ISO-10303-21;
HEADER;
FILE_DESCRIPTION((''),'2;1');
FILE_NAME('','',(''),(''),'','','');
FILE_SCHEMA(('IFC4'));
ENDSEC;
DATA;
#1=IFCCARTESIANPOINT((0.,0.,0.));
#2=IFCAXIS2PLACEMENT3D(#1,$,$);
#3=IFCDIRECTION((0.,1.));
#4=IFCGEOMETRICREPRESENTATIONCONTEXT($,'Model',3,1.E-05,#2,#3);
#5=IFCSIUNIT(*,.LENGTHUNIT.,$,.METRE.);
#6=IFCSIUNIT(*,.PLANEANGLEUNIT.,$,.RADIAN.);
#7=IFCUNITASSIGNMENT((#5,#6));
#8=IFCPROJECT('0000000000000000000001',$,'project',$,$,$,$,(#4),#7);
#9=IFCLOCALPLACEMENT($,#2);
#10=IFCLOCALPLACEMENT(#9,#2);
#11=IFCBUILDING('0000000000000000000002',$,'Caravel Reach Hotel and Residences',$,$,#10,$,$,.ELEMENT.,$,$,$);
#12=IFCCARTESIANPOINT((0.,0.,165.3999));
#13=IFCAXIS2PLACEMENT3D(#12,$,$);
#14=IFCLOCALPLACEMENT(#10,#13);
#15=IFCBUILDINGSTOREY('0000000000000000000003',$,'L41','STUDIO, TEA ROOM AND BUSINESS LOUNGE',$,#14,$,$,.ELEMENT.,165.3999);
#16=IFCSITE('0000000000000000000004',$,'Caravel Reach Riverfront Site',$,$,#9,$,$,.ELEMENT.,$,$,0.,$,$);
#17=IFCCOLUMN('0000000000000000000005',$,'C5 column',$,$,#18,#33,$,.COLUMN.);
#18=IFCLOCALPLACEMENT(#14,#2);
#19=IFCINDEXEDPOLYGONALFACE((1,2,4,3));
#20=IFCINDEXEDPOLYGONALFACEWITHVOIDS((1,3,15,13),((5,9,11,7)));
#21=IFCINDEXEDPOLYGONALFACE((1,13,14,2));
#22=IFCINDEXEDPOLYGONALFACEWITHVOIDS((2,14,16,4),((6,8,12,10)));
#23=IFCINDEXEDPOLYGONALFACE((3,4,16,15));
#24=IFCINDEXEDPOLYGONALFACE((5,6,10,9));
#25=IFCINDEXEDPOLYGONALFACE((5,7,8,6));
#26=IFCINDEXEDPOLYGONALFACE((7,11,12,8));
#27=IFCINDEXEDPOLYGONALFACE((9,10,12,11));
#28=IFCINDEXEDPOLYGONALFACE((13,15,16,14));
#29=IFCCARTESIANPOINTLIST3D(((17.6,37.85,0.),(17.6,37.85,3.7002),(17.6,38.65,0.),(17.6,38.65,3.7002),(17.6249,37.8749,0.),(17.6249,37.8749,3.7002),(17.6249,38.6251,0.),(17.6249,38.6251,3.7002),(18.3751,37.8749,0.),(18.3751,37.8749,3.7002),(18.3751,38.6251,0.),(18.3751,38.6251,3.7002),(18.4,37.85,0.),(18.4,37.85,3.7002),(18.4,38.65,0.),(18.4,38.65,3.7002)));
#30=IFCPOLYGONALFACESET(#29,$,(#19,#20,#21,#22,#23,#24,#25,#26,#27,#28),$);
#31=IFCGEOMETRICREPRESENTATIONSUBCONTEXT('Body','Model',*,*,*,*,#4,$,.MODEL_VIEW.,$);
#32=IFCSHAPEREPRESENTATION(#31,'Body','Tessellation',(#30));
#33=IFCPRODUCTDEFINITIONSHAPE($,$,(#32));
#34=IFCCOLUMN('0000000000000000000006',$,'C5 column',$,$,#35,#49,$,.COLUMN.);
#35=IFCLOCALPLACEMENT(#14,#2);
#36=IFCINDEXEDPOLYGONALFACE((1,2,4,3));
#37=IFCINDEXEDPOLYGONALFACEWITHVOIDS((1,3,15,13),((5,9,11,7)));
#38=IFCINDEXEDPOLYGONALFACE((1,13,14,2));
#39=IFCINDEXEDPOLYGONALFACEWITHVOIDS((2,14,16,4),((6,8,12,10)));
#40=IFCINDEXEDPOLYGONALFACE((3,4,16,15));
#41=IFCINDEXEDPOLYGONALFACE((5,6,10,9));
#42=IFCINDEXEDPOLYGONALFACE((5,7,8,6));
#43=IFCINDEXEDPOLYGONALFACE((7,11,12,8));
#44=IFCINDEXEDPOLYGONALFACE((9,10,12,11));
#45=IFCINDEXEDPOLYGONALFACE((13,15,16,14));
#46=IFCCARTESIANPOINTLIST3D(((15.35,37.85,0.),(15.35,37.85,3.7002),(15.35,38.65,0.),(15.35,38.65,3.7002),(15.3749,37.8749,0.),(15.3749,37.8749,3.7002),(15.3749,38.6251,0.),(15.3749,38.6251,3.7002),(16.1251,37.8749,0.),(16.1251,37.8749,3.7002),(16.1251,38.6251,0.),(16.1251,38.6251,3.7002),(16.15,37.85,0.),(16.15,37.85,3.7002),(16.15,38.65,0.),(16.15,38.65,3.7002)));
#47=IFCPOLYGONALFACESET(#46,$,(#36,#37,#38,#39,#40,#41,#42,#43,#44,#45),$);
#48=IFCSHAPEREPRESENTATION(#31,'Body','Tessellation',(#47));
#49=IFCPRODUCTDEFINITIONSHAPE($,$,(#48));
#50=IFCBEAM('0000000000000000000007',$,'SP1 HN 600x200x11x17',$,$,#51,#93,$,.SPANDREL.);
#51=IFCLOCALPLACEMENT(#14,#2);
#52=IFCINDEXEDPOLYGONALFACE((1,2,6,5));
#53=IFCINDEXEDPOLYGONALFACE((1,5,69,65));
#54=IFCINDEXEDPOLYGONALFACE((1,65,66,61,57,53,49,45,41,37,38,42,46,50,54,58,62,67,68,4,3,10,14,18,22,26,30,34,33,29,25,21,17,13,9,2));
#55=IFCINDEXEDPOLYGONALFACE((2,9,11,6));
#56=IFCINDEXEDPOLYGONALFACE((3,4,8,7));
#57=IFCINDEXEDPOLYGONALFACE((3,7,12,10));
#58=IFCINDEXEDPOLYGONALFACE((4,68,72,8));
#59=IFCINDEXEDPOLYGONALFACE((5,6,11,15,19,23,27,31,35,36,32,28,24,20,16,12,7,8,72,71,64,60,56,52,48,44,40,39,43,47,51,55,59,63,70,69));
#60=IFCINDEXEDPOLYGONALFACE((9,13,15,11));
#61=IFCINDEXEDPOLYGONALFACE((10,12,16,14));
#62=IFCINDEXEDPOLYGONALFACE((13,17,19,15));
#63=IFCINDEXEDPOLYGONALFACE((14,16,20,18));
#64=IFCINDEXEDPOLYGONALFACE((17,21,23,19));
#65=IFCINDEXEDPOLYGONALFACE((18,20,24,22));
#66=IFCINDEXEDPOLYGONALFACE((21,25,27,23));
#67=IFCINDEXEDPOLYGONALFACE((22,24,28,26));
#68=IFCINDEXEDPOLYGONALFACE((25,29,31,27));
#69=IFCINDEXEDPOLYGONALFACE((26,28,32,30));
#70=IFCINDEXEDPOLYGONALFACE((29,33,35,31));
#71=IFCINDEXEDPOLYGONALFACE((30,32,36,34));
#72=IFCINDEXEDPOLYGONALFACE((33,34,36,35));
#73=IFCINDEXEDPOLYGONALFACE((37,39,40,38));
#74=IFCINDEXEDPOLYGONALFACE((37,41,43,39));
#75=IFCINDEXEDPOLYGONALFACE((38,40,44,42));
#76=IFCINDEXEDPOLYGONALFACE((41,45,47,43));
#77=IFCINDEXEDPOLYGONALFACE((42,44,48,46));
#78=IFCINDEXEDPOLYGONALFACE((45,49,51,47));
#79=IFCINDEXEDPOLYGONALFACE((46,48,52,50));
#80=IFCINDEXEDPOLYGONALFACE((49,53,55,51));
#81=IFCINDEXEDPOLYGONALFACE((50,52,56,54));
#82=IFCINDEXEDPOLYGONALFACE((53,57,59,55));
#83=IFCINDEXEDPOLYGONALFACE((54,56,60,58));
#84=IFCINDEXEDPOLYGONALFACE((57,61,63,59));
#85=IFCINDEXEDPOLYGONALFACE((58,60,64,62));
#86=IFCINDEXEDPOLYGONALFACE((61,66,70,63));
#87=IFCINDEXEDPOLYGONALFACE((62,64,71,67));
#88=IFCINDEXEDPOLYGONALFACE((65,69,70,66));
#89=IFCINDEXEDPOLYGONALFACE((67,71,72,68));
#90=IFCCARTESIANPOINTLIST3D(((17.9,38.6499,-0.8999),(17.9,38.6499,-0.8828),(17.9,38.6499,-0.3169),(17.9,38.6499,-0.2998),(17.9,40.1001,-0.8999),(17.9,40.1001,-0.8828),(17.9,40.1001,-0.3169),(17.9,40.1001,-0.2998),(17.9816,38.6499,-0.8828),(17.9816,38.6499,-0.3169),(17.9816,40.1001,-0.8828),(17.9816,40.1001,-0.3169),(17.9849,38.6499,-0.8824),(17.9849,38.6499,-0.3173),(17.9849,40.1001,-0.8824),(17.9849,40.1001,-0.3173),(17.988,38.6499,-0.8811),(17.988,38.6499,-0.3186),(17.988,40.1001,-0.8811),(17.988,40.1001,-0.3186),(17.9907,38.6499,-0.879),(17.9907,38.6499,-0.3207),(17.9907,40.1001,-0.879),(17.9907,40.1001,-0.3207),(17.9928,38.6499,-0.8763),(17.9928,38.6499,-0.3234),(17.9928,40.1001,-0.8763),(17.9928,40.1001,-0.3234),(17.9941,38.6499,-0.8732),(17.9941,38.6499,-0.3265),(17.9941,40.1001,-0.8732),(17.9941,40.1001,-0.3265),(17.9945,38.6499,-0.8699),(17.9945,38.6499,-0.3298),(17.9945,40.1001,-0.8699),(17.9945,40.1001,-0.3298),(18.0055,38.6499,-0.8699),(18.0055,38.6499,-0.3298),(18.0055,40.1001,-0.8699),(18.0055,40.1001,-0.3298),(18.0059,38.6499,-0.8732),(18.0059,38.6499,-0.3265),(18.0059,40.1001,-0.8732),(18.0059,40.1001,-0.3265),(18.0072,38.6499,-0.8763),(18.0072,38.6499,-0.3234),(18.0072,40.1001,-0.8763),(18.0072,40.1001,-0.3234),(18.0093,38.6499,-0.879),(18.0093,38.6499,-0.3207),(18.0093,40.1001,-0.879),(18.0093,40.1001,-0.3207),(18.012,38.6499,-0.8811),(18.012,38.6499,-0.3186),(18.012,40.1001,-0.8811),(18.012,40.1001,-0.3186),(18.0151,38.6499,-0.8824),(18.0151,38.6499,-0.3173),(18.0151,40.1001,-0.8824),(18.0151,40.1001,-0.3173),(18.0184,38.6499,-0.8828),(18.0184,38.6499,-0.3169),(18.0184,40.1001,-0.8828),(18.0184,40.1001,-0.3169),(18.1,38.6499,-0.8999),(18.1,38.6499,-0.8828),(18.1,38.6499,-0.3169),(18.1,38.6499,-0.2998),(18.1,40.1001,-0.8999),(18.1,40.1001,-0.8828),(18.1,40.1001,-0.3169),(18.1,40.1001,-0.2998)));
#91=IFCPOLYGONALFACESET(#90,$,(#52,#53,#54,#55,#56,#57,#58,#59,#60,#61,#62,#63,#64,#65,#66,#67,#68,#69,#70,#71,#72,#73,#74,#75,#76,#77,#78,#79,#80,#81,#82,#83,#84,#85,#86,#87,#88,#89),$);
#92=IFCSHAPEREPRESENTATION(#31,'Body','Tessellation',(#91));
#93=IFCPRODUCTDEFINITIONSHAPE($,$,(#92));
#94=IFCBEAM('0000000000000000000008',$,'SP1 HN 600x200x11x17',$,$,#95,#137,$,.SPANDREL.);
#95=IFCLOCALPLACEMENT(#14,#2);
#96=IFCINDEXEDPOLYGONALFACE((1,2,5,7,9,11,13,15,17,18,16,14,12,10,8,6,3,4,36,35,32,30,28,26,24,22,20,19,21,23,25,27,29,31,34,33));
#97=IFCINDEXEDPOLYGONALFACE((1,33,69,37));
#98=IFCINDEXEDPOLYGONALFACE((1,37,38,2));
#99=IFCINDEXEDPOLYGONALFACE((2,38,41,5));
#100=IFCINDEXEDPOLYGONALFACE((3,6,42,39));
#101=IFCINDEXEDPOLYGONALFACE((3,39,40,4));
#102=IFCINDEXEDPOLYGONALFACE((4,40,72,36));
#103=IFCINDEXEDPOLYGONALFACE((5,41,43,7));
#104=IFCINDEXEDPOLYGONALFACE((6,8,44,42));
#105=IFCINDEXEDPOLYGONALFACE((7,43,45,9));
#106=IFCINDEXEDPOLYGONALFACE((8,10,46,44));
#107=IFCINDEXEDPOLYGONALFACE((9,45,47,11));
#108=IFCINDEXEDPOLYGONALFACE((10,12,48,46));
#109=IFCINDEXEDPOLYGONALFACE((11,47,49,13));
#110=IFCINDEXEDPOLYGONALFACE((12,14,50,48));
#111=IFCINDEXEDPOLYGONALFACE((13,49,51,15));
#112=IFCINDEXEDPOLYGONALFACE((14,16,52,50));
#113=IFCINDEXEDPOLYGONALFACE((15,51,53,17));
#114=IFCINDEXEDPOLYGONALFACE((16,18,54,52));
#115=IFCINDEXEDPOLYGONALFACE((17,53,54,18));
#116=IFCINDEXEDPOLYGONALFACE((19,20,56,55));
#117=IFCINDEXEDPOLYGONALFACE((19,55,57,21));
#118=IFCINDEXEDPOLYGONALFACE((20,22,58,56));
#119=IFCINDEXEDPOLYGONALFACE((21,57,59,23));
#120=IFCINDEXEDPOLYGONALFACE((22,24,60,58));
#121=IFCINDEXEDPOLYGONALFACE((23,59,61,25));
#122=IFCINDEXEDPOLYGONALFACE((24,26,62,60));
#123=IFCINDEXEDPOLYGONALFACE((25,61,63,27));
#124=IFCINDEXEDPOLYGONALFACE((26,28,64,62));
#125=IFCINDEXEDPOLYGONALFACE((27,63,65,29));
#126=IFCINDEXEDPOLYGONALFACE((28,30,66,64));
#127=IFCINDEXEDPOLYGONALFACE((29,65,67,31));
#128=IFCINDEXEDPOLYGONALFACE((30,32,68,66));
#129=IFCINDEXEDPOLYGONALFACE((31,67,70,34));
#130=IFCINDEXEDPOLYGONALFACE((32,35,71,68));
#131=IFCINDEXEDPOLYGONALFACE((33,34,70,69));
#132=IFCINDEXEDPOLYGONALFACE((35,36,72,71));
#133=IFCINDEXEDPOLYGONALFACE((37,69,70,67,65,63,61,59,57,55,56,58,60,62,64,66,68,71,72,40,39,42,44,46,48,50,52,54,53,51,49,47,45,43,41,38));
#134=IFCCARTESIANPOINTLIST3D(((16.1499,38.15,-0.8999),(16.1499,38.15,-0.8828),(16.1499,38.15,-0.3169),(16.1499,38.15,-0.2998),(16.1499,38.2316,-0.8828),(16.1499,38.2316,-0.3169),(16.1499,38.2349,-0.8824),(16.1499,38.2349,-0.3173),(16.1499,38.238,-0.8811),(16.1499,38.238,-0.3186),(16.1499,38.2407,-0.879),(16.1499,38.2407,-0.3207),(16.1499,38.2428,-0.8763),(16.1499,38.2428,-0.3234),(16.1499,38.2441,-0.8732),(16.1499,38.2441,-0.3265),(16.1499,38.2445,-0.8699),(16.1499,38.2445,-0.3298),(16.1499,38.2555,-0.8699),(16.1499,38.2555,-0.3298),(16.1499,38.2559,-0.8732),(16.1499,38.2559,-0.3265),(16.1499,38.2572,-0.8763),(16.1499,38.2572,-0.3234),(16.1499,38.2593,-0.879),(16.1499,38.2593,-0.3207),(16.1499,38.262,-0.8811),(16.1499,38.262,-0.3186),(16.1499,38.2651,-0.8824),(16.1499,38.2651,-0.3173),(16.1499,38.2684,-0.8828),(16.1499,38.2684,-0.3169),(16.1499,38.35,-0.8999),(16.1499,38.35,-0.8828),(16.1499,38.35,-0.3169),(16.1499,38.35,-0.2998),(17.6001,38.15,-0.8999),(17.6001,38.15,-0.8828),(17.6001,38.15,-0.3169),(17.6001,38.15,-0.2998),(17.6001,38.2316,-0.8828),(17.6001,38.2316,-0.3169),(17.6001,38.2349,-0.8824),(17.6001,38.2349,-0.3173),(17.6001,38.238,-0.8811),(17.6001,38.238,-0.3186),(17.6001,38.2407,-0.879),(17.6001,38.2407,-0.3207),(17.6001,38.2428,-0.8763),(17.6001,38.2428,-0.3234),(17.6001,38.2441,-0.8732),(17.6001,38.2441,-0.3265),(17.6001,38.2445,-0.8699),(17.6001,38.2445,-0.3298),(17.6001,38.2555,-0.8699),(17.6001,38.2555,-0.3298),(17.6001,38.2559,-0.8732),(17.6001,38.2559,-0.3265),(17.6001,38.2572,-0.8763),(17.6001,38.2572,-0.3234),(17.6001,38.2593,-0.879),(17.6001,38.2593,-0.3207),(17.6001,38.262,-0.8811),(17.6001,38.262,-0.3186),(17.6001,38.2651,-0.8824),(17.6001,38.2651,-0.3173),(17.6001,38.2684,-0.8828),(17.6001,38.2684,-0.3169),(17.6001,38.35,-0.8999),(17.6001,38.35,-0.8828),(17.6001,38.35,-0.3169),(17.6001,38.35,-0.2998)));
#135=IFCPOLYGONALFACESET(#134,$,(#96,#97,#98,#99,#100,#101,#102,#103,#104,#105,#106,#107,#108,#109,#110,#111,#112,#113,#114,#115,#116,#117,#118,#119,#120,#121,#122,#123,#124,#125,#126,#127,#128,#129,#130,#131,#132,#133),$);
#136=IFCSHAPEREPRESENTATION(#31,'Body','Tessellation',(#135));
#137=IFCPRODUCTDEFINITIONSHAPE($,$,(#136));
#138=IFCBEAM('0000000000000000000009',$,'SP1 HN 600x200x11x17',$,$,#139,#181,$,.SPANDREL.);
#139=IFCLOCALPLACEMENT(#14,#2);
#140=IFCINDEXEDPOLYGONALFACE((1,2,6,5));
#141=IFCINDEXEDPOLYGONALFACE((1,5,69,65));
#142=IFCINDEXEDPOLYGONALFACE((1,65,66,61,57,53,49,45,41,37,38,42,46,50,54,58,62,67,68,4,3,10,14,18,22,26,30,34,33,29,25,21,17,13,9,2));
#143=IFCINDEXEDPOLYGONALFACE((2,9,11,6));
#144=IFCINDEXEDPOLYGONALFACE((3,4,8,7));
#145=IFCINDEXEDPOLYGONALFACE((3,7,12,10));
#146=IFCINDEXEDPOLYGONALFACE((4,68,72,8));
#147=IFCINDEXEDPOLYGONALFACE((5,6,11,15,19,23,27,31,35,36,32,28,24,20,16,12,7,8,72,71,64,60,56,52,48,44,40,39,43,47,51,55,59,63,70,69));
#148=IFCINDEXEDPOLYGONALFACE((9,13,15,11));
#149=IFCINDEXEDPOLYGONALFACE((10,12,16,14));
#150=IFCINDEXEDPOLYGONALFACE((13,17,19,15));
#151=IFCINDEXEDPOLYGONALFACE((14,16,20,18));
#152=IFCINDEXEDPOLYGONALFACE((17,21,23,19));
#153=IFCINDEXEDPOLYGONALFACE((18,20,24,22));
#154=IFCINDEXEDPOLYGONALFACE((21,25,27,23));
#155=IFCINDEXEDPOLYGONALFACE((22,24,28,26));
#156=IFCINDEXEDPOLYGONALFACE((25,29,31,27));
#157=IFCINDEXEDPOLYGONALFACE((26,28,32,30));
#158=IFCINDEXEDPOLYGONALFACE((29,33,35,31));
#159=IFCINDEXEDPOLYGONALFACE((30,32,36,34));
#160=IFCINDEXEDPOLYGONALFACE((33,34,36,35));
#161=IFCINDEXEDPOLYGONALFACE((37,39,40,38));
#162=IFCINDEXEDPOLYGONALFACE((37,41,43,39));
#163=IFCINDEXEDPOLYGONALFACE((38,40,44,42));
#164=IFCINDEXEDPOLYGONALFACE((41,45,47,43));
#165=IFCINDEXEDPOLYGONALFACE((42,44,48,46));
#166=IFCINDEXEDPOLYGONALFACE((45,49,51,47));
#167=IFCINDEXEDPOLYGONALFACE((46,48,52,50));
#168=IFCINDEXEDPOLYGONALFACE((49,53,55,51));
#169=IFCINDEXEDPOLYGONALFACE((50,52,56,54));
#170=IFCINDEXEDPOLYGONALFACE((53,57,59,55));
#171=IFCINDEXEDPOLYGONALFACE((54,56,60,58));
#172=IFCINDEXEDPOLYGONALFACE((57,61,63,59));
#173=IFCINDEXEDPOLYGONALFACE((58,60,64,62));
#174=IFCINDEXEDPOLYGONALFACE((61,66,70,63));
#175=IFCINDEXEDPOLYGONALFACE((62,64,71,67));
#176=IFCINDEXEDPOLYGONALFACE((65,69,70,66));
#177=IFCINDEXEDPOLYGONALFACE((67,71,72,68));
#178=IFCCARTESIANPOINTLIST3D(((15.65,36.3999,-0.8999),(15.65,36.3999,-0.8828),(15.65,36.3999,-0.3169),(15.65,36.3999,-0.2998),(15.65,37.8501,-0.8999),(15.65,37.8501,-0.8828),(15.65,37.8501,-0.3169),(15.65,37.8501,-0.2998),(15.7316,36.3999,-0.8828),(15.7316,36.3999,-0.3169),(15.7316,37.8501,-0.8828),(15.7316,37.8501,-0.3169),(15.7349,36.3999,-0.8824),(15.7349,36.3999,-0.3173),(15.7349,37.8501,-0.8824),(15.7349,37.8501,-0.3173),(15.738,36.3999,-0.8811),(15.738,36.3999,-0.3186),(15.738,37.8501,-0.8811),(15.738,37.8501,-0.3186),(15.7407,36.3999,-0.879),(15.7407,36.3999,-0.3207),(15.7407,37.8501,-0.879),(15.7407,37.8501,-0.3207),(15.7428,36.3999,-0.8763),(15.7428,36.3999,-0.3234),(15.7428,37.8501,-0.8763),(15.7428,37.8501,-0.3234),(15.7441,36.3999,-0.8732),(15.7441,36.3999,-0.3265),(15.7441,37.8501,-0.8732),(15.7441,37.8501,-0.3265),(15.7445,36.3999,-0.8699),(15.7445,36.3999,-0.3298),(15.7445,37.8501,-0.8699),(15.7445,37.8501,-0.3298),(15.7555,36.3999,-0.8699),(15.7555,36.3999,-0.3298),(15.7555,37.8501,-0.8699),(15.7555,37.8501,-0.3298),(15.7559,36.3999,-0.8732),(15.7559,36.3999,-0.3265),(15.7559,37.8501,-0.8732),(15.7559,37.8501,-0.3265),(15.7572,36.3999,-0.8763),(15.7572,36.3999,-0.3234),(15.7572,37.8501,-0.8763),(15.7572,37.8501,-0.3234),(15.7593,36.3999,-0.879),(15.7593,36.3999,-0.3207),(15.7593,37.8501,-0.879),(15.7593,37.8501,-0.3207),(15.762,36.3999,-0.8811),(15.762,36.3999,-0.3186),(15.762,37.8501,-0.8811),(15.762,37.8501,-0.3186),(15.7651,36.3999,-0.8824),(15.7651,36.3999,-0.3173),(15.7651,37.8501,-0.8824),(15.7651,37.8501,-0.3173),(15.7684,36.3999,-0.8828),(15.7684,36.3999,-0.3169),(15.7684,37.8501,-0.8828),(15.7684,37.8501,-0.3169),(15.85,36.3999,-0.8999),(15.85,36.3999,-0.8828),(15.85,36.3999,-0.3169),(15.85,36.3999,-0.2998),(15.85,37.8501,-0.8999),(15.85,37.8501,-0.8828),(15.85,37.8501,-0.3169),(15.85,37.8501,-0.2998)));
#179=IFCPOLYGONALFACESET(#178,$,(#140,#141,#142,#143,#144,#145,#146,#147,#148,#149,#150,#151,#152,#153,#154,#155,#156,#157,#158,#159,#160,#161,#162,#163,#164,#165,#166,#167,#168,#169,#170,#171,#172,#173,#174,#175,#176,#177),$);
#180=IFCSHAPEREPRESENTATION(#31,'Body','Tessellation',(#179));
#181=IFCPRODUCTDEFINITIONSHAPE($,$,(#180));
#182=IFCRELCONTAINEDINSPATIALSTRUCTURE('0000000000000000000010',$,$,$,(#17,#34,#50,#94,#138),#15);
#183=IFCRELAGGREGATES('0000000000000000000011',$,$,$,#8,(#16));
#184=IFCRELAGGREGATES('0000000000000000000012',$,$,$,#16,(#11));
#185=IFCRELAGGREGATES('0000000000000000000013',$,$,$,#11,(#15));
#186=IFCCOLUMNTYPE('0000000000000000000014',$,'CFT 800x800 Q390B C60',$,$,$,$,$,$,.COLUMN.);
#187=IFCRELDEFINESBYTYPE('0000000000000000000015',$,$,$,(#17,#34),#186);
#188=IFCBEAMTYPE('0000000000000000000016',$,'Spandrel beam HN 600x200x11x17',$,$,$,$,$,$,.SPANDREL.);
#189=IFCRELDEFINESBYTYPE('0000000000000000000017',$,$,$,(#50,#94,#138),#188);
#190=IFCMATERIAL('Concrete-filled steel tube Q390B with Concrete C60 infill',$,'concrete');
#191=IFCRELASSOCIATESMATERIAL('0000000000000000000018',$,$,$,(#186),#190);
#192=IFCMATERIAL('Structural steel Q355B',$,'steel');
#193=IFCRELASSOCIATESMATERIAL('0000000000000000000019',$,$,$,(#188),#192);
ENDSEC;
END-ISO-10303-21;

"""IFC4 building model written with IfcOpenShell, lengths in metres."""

from ifc_helpers import new_model, si_unit, direction, frame, origin, origin_2d, place, context, subcontext, project, spatial, hollow_rectangle, i_section, extrude, material, material_profile, profile_set, type_object, element, save


model = new_model("IFC4")

# Units and contexts
model_context = context("Model", 3, precision=1e-05, world=origin(), true_north=direction((0.0, 1.0)))
body_context = subcontext(model_context, "Body", "Model", "MODEL_VIEW")
ifc_project = project(units=[si_unit("LENGTHUNIT", "METRE"), si_unit("PLANEANGLEUNIT", "RADIAN")], contexts=[model_context])

# Site, building, storey
site_placement = place(None, origin())
site = spatial("IfcSite", under=ifc_project, at=site_placement, Name="Caravel Reach Riverfront Site", CompositionType="ELEMENT", RefElevation=0.0)
building_placement = place(site_placement, origin())
building = spatial("IfcBuilding", under=site, at=building_placement, Name="Caravel Reach Hotel and Residences", CompositionType="ELEMENT")
storey_placement = place(building_placement, frame((0.0, 0.0, 165.3999)))
storey = spatial("IfcBuildingStorey", under=building, at=storey_placement, Name="L41", Description="STUDIO, TEA ROOM AND BUSINESS LOUNGE", CompositionType="ELEMENT", Elevation=165.3999)

# Columns
ifc_material_1 = material(Name="Concrete-filled steel tube Q390B with Concrete C60 infill", Category="concrete")
ifc_material_profile_1 = material_profile(ifc_material_1, hollow_rectangle(XDim=0.8, YDim=0.8, WallThickness=0.0249, at=origin_2d()), Name="RHS 800x800x25")
ifc_profile_set_1 = profile_set([ifc_material_profile_1], Name="Concrete-filled steel tube Q390B with Concrete C60 infill")
column_type = type_object("IfcColumnType", Name="CFT 800x800 Q390B C60", PredefinedType="COLUMN", material=ifc_profile_set_1)
for number, where, z_axis, x_axis, name in (
    (1, (18.0, 38.25, 0.0), (0.0, 0.0, 1.0), (1.0, 0.0, 0.0), "C5 column"),
    (2, (15.75, 38.25, 0.0), (0.0, 0.0, 1.0), (1.0, 0.0, 0.0), "C5 column"),
):
    element("IfcColumn", number, at=place(storey_placement, frame(where, z_axis=z_axis, x_axis=x_axis)), inside=storey, type_object=column_type, Name=name, PredefinedType="COLUMN", context=body_context, shape_type="SweptSolid", body=[
        extrude(hollow_rectangle(XDim=0.8, YDim=0.8, WallThickness=0.0249, at=origin_2d()), origin(), (0.0, 0.0, 1.0), 3.7002),
    ])

# Beams
ifc_material_2 = material(Name="Structural steel Q355B", Category="steel")
ifc_material_profile_2 = material_profile(ifc_material_2, i_section(OverallWidth=0.2, OverallDepth=0.6001, WebThickness=0.011, FlangeThickness=0.0171, FilletRadius=0.0129, at=origin_2d()), Name="HN 600x200x11x17")
ifc_profile_set_2 = profile_set([ifc_material_profile_2], Name="Structural steel Q355B")
beam_type = type_object("IfcBeamType", Name="Spandrel beam HN 600x200x11x17", PredefinedType="SPANDREL", material=ifc_profile_set_2)
for number, where, z_axis, x_axis, name in (
    (3, (18.0, 40.1001, -0.5999), (0.0, -1.0, 0.0), (1.0, 0.0, 0.0), "SP1 HN 600x200x11x17"),
    (4, (17.6001, 38.25, -0.5999), (-1.0, 0.0, 0.0), (0.0, -1.0, 0.0), "SP1 HN 600x200x11x17"),
    (5, (15.75, 37.8501, -0.5999), (0.0, -1.0, 0.0), (1.0, 0.0, 0.0), "SP1 HN 600x200x11x17"),
):
    element("IfcBeam", number, at=place(storey_placement, frame(where, z_axis=z_axis, x_axis=x_axis)), inside=storey, type_object=beam_type, Name=name, PredefinedType="SPANDREL", context=body_context, shape_type="SweptSolid", body=[
        extrude(i_section(OverallWidth=0.2, OverallDepth=0.6001, WebThickness=0.011, FlangeThickness=0.0171, FilletRadius=0.0129, at=origin_2d()), origin(), (0.0, 0.0, 1.0), 1.4502),
    ])

save(model, "model.ifc")
